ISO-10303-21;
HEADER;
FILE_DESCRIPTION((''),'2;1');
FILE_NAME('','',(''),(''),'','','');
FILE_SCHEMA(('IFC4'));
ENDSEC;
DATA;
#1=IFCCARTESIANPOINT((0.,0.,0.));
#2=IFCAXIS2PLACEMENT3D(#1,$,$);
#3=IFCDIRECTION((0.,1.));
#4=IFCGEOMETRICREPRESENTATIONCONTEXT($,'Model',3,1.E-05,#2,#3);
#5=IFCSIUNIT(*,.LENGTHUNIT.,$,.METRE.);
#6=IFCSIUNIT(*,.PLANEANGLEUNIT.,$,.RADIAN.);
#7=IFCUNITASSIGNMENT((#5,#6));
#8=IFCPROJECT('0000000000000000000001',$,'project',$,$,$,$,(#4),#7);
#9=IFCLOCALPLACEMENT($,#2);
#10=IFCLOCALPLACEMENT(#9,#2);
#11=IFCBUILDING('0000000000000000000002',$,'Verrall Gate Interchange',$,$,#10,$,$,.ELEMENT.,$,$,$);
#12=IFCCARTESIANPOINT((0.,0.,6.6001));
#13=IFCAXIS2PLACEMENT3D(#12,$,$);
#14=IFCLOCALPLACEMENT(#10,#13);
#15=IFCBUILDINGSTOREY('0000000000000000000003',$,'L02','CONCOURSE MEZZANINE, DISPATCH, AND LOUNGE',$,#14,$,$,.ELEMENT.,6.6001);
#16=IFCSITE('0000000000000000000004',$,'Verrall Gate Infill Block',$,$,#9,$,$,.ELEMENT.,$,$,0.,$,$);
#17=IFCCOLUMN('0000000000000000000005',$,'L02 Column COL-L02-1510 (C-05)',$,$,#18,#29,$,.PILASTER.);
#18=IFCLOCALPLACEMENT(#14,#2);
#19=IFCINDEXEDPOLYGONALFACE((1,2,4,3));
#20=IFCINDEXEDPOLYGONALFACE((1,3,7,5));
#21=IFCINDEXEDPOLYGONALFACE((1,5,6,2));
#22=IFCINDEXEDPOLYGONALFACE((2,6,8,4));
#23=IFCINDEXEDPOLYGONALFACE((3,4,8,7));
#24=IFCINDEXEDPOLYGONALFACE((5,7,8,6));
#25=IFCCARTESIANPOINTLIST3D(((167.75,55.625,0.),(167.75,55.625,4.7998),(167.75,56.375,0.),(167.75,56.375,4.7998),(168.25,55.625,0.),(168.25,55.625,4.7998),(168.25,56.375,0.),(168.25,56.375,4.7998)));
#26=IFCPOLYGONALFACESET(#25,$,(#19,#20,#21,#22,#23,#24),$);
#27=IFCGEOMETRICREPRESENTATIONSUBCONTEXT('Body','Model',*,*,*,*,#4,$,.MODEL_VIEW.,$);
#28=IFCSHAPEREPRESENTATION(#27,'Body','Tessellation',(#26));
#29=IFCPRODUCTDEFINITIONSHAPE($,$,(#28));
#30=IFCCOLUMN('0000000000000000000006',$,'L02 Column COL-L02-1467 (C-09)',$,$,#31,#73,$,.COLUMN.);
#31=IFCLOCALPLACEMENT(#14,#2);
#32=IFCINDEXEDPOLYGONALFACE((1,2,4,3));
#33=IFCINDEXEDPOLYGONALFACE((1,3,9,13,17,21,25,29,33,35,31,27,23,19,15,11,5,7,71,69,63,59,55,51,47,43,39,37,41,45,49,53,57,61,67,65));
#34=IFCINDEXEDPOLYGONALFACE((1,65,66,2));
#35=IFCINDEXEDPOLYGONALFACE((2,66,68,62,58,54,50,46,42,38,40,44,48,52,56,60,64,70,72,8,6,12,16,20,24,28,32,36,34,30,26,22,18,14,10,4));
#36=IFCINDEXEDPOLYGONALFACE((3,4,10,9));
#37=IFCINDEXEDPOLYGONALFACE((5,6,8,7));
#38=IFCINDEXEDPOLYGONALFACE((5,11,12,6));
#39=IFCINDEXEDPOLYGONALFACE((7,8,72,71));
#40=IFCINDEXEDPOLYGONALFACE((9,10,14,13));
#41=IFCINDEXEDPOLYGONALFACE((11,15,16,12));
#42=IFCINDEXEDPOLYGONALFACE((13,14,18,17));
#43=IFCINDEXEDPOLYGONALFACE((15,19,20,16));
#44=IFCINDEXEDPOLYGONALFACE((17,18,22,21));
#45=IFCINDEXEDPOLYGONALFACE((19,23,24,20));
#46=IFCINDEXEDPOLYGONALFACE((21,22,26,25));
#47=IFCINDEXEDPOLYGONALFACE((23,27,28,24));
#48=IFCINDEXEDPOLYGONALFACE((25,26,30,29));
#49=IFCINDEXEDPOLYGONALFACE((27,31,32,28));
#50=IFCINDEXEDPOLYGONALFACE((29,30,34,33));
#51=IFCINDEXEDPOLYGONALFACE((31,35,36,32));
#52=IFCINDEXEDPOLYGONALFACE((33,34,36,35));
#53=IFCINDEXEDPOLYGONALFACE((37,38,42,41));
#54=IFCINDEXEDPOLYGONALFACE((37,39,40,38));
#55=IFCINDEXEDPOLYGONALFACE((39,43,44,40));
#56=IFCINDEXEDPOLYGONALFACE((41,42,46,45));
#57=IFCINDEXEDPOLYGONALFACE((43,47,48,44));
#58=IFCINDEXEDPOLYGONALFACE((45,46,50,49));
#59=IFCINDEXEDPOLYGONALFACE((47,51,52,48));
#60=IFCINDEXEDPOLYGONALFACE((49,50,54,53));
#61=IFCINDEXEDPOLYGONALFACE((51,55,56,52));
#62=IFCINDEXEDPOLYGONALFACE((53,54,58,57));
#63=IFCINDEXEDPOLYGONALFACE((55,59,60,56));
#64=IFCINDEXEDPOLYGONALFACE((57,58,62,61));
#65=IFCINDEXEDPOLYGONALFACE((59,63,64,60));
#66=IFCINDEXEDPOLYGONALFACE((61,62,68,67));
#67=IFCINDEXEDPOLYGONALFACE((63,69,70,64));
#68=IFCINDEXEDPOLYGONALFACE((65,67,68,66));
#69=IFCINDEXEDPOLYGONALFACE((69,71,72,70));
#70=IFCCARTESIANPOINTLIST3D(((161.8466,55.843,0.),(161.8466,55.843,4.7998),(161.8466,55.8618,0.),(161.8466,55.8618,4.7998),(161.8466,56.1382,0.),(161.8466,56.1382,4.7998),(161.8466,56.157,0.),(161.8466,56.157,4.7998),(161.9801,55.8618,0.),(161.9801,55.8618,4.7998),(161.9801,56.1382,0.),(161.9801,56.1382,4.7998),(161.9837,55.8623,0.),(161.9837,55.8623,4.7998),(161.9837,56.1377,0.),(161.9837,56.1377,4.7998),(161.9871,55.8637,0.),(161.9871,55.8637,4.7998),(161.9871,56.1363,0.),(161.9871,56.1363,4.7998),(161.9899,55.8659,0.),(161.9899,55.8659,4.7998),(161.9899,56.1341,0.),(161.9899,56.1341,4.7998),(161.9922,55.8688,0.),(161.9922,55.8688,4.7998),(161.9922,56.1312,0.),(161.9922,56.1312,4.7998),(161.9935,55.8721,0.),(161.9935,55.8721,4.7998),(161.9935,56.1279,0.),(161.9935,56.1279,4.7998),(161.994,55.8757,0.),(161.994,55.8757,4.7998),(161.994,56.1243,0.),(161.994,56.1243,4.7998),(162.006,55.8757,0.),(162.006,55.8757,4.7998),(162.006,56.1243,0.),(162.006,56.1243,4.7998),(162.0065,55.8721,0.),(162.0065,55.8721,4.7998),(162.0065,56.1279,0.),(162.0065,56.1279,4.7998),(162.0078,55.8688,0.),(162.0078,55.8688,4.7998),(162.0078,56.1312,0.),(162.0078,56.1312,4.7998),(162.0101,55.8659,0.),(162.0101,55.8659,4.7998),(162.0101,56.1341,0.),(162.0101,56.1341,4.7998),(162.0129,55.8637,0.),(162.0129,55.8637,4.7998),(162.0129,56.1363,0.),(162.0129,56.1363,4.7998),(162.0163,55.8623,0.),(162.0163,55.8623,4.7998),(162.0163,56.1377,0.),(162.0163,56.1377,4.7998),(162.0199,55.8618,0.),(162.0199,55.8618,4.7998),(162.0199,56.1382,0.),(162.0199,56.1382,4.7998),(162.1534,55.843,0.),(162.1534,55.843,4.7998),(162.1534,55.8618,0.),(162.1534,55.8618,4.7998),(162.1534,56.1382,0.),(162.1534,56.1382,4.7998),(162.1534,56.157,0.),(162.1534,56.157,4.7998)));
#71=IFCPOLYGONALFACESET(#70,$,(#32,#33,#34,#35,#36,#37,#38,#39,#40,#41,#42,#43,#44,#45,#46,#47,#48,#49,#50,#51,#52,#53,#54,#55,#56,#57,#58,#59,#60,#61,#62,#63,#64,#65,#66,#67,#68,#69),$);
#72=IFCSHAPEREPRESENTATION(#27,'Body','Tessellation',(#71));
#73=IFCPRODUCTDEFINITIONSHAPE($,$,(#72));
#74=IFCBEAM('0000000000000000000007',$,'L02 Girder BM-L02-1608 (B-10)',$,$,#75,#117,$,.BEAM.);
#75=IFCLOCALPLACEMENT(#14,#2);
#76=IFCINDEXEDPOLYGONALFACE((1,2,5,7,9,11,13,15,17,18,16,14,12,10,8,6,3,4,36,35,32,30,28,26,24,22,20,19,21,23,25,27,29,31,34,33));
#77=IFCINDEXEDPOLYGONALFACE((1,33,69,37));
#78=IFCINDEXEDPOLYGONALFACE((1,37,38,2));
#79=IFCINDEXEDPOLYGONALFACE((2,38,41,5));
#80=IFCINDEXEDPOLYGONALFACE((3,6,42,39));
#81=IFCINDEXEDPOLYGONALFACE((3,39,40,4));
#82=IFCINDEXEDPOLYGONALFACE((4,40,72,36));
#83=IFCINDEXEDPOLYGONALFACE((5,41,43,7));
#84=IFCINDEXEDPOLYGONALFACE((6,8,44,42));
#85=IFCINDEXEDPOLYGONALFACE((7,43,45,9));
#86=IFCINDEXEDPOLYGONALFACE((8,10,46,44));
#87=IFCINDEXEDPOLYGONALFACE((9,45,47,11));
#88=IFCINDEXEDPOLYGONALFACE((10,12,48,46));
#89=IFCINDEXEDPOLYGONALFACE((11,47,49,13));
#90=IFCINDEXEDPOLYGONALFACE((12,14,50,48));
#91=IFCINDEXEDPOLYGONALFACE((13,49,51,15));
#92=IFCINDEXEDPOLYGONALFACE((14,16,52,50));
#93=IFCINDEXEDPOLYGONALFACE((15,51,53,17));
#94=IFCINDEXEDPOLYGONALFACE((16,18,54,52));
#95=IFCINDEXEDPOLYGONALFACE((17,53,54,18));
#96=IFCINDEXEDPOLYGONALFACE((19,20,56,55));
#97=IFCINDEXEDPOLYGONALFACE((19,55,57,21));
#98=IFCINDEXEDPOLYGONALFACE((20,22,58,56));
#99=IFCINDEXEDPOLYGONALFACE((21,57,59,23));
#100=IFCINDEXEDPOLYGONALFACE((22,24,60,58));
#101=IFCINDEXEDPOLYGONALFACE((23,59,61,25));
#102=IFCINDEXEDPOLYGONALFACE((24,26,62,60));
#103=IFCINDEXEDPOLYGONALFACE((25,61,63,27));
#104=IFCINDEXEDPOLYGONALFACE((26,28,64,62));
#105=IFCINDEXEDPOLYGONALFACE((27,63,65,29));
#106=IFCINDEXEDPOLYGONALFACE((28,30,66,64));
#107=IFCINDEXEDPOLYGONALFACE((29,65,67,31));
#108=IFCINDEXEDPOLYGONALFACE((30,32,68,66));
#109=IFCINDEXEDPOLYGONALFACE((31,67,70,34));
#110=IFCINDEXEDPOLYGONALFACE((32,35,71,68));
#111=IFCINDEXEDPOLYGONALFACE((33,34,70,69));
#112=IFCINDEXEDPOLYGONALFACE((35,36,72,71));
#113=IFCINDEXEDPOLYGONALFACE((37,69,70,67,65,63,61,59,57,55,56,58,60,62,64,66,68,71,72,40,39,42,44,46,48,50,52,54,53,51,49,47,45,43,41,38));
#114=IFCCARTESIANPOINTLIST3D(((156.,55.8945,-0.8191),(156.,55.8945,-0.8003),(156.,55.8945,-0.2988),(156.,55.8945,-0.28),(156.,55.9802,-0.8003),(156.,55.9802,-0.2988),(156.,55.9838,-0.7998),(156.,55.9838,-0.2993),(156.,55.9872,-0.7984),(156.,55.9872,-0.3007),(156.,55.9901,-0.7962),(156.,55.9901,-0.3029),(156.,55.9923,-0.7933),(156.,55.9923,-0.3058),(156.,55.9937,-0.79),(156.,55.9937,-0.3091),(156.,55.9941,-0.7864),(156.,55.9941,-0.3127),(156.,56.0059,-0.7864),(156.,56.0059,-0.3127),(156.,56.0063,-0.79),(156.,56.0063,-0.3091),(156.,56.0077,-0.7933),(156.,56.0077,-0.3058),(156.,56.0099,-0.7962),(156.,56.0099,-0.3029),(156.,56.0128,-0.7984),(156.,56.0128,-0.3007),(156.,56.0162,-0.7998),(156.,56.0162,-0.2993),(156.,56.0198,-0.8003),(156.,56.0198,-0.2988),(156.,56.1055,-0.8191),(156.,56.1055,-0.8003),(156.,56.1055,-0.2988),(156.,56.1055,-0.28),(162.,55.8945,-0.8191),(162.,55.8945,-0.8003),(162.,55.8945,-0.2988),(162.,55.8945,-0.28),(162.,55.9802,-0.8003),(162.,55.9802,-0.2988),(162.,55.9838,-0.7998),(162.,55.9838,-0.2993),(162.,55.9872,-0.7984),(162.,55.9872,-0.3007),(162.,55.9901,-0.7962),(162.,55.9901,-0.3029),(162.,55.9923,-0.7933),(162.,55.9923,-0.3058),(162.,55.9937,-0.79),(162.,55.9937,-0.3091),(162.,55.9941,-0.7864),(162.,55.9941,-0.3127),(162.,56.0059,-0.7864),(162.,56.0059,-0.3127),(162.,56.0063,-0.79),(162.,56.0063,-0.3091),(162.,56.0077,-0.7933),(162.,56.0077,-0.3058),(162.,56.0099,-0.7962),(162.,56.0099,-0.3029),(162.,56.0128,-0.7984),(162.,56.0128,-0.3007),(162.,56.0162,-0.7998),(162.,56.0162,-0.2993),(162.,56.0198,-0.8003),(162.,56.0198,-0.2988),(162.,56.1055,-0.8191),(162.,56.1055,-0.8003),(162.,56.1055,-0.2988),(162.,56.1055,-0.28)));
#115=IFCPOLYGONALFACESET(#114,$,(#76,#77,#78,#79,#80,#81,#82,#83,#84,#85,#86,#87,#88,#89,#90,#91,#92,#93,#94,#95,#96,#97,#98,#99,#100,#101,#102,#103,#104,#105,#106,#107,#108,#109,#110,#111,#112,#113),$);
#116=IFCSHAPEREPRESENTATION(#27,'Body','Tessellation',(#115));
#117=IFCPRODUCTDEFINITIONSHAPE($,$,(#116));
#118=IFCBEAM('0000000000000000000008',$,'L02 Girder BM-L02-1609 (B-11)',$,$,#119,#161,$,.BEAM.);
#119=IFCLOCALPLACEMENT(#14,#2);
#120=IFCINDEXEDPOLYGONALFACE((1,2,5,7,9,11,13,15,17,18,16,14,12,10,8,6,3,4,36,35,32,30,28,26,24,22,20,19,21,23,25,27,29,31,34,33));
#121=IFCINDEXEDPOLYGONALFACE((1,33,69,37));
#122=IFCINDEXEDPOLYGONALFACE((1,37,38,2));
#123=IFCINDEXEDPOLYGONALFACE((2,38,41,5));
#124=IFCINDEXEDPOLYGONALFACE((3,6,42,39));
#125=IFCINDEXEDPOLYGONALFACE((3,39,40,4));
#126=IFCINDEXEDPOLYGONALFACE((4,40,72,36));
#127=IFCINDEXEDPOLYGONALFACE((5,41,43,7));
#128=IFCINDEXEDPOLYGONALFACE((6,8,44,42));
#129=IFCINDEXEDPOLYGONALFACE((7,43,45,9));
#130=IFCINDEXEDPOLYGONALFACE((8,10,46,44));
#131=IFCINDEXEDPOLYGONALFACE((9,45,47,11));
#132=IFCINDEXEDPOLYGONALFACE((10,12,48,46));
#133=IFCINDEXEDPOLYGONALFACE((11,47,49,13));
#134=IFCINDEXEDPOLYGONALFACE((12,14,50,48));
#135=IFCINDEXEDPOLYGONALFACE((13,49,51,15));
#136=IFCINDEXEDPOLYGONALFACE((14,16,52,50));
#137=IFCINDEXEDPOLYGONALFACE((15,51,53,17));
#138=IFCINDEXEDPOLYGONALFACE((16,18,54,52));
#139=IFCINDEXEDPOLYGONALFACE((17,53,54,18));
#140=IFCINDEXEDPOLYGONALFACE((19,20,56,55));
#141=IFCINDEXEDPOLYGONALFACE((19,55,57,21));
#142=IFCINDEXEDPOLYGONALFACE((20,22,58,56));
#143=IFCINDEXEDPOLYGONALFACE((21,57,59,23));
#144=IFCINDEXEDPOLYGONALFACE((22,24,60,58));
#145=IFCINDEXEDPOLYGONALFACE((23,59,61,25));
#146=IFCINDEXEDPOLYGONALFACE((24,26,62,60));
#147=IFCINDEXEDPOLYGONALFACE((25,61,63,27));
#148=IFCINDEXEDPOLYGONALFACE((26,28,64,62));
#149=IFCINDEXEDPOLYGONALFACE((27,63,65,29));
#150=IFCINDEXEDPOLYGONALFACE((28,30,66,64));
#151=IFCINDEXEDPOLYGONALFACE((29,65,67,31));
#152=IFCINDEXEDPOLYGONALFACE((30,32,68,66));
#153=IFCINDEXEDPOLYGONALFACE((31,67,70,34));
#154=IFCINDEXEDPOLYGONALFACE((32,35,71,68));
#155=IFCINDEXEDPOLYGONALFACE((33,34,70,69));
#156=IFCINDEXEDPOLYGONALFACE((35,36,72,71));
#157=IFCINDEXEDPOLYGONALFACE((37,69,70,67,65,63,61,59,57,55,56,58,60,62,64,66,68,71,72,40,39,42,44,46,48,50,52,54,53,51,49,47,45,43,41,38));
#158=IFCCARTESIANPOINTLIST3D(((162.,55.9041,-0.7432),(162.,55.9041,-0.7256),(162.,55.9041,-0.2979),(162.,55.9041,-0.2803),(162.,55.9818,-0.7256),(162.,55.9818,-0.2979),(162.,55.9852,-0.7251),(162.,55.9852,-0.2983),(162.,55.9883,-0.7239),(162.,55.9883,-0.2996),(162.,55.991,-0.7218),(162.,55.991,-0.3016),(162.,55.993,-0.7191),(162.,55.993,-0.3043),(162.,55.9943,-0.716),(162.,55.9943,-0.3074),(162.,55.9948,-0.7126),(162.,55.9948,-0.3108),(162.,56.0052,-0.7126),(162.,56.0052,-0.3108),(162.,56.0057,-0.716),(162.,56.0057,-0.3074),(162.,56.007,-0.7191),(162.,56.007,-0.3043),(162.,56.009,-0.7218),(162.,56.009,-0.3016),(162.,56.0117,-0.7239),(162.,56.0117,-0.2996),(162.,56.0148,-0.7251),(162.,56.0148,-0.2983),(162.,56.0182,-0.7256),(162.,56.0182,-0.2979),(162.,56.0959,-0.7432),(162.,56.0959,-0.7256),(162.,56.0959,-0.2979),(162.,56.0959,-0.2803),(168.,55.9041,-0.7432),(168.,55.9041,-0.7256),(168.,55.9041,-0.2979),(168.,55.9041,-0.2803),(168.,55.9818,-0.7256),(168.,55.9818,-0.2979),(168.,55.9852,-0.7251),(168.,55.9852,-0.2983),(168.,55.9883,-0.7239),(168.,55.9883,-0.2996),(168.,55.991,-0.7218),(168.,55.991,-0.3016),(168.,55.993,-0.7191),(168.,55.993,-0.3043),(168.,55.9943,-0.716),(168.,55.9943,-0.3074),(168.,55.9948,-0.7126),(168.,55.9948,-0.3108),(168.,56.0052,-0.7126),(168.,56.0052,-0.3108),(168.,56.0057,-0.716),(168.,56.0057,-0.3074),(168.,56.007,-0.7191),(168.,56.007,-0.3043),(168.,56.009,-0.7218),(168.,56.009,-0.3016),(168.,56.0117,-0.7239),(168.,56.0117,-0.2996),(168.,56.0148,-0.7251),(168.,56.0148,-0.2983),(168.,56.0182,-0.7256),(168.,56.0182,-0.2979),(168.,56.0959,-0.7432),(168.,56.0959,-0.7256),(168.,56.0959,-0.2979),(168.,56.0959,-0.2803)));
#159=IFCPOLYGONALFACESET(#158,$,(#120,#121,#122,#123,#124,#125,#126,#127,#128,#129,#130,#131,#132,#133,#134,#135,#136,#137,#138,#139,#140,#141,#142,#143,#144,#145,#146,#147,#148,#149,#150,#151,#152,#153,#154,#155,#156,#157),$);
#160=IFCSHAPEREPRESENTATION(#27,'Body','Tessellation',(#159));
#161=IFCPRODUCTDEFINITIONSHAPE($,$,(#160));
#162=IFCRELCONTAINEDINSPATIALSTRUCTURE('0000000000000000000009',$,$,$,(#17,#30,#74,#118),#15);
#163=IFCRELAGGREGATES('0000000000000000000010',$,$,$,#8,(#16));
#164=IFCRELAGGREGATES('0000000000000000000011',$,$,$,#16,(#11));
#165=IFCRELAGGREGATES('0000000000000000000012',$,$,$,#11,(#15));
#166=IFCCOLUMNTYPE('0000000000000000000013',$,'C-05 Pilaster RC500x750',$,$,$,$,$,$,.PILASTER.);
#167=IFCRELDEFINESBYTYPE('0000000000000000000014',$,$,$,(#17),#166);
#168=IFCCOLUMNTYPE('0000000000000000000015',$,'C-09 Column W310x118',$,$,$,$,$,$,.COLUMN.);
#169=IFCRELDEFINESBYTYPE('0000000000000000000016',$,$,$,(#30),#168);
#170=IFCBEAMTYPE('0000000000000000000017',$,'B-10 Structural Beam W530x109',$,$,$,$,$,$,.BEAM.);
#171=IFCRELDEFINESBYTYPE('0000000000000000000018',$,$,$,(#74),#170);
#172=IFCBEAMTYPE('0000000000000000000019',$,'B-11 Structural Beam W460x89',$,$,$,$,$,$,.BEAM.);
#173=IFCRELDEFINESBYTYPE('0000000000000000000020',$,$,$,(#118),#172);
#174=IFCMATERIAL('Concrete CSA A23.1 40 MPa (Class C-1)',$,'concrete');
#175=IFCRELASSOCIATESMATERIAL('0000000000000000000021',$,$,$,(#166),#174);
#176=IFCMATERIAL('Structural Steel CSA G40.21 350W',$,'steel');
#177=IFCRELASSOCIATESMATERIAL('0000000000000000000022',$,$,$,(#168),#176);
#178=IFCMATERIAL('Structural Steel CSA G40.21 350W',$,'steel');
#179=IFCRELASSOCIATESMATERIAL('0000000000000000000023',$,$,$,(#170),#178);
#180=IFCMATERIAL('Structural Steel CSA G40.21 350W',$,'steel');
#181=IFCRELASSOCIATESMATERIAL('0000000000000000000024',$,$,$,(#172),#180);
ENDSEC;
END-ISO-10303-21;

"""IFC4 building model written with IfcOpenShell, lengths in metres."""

from ifc_helpers import new_model, si_unit, direction, frame, origin, origin_2d, place, context, subcontext, project, spatial, rectangle, i_section, extrude, material, material_profile, profile_set, type_object, element, save


model = new_model("IFC4")

# Units and contexts
model_context = context("Model", 3, precision=1e-05, world=origin(), true_north=direction((0.0, 1.0)))
body_context = subcontext(model_context, "Body", "Model", "MODEL_VIEW")
ifc_project = project(units=[si_unit("LENGTHUNIT", "METRE"), si_unit("PLANEANGLEUNIT", "RADIAN")], contexts=[model_context])

# Site, building, storey
site_placement = place(None, origin())
site = spatial("IfcSite", under=ifc_project, at=site_placement, Name="Verrall Gate Infill Block", CompositionType="ELEMENT", RefElevation=0.0)
building_placement = place(site_placement, origin())
building = spatial("IfcBuilding", under=site, at=building_placement, Name="Verrall Gate Interchange", CompositionType="ELEMENT")
storey_placement = place(building_placement, frame((0.0, 0.0, 6.6001)))
storey = spatial("IfcBuildingStorey", under=building, at=storey_placement, Name="L02", Description="CONCOURSE MEZZANINE, DISPATCH, AND LOUNGE", CompositionType="ELEMENT", Elevation=6.6001)

# Columns
ifc_material_1 = material(Name="Concrete CSA A23.1 40 MPa (Class C-1)", Category="concrete")
ifc_material_profile_1 = material_profile(ifc_material_1, rectangle(XDim=0.5, YDim=0.75, at=origin_2d()), Name="RC500x750")
ifc_profile_set_1 = profile_set([ifc_material_profile_1], Name="Concrete CSA A23.1 40 MPa (Class C-1)")
column_type_1 = type_object("IfcColumnType", Name="C-05 Pilaster RC500x750", PredefinedType="PILASTER", material=ifc_profile_set_1)
column_1_placement = place(storey_placement, frame((168.0, 56.0, 0.0), z_axis=(0.0, 0.0, 1.0), x_axis=(1.0, 0.0, 0.0)))
element("IfcColumn", 1, at=column_1_placement, inside=storey, type_object=column_type_1, Name="L02 Column COL-L02-1510 (C-05)", PredefinedType="PILASTER", context=body_context, shape_type="SweptSolid", body=[
    extrude(rectangle(XDim=0.5, YDim=0.75, at=origin_2d()), origin(), (0.0, 0.0, 1.0), 4.7998),
])
ifc_material_2 = material(Name="Structural Steel CSA G40.21 350W", Category="steel")
ifc_material_profile_2 = material_profile(ifc_material_2, i_section(OverallWidth=0.3069, OverallDepth=0.314, WebThickness=0.012, FlangeThickness=0.0188, FilletRadius=0.0139, at=origin_2d()), Name="W310x118")
ifc_profile_set_2 = profile_set([ifc_material_profile_2], Name="Structural Steel CSA G40.21 350W")
column_type_2 = type_object("IfcColumnType", Name="C-09 Column W310x118", PredefinedType="COLUMN", material=ifc_profile_set_2)
column_2_placement = place(storey_placement, frame((162.0, 56.0, 0.0), z_axis=(0.0, 0.0, 1.0), x_axis=(1.0, 0.0, 0.0)))
element("IfcColumn", 2, at=column_2_placement, inside=storey, type_object=column_type_2, Name="L02 Column COL-L02-1467 (C-09)", PredefinedType="COLUMN", context=body_context, shape_type="SweptSolid", body=[
    extrude(i_section(OverallWidth=0.3069, OverallDepth=0.314, WebThickness=0.012, FlangeThickness=0.0188, FilletRadius=0.0139, at=origin_2d()), origin(), (0.0, 0.0, 1.0), 4.7998),
])

# Beams
ifc_material_3 = material(Name="Structural Steel CSA G40.21 350W", Category="steel")
ifc_material_profile_3 = material_profile(ifc_material_3, i_section(OverallWidth=0.2109, OverallDepth=0.5391, WebThickness=0.0117, FlangeThickness=0.0188, FilletRadius=0.0139, at=origin_2d()), Name="W530x109")
ifc_profile_set_3 = profile_set([ifc_material_profile_3], Name="Structural Steel CSA G40.21 350W")
beam_type_1 = type_object("IfcBeamType", Name="B-10 Structural Beam W530x109", PredefinedType="BEAM", material=ifc_profile_set_3)
beam_1_placement = place(storey_placement, frame((156.0, 56.0, -0.5496), z_axis=(1.0, 0.0, 0.0), x_axis=(0.0, 1.0, 0.0)))
element("IfcBeam", 3, at=beam_1_placement, inside=storey, type_object=beam_type_1, Name="L02 Girder BM-L02-1608 (B-10)", PredefinedType="BEAM", context=body_context, shape_type="SweptSolid", body=[
    extrude(i_section(OverallWidth=0.2109, OverallDepth=0.5391, WebThickness=0.0117, FlangeThickness=0.0188, FilletRadius=0.0139, at=origin_2d()), origin(), (0.0, 0.0, 1.0), 6.0),
])
ifc_material_4 = material(Name="Structural Steel CSA G40.21 350W", Category="steel")
ifc_material_profile_4 = material_profile(ifc_material_4, i_section(OverallWidth=0.1919, OverallDepth=0.4629, WebThickness=0.0105, FlangeThickness=0.0176, FilletRadius=0.0129, at=origin_2d()), Name="W460x89")
ifc_profile_set_4 = profile_set([ifc_material_profile_4], Name="Structural Steel CSA G40.21 350W")
beam_type_2 = type_object("IfcBeamType", Name="B-11 Structural Beam W460x89", PredefinedType="BEAM", material=ifc_profile_set_4)
beam_2_placement = place(storey_placement, frame((162.0, 56.0, -0.5117), z_axis=(1.0, 0.0, 0.0), x_axis=(0.0, 1.0, 0.0)))
element("IfcBeam", 4, at=beam_2_placement, inside=storey, type_object=beam_type_2, Name="L02 Girder BM-L02-1609 (B-11)", PredefinedType="BEAM", context=body_context, shape_type="SweptSolid", body=[
    extrude(i_section(OverallWidth=0.1919, OverallDepth=0.4629, WebThickness=0.0105, FlangeThickness=0.0176, FilletRadius=0.0129, at=origin_2d()), origin(), (0.0, 0.0, 1.0), 6.0),
])

save(model, "model.ifc")
